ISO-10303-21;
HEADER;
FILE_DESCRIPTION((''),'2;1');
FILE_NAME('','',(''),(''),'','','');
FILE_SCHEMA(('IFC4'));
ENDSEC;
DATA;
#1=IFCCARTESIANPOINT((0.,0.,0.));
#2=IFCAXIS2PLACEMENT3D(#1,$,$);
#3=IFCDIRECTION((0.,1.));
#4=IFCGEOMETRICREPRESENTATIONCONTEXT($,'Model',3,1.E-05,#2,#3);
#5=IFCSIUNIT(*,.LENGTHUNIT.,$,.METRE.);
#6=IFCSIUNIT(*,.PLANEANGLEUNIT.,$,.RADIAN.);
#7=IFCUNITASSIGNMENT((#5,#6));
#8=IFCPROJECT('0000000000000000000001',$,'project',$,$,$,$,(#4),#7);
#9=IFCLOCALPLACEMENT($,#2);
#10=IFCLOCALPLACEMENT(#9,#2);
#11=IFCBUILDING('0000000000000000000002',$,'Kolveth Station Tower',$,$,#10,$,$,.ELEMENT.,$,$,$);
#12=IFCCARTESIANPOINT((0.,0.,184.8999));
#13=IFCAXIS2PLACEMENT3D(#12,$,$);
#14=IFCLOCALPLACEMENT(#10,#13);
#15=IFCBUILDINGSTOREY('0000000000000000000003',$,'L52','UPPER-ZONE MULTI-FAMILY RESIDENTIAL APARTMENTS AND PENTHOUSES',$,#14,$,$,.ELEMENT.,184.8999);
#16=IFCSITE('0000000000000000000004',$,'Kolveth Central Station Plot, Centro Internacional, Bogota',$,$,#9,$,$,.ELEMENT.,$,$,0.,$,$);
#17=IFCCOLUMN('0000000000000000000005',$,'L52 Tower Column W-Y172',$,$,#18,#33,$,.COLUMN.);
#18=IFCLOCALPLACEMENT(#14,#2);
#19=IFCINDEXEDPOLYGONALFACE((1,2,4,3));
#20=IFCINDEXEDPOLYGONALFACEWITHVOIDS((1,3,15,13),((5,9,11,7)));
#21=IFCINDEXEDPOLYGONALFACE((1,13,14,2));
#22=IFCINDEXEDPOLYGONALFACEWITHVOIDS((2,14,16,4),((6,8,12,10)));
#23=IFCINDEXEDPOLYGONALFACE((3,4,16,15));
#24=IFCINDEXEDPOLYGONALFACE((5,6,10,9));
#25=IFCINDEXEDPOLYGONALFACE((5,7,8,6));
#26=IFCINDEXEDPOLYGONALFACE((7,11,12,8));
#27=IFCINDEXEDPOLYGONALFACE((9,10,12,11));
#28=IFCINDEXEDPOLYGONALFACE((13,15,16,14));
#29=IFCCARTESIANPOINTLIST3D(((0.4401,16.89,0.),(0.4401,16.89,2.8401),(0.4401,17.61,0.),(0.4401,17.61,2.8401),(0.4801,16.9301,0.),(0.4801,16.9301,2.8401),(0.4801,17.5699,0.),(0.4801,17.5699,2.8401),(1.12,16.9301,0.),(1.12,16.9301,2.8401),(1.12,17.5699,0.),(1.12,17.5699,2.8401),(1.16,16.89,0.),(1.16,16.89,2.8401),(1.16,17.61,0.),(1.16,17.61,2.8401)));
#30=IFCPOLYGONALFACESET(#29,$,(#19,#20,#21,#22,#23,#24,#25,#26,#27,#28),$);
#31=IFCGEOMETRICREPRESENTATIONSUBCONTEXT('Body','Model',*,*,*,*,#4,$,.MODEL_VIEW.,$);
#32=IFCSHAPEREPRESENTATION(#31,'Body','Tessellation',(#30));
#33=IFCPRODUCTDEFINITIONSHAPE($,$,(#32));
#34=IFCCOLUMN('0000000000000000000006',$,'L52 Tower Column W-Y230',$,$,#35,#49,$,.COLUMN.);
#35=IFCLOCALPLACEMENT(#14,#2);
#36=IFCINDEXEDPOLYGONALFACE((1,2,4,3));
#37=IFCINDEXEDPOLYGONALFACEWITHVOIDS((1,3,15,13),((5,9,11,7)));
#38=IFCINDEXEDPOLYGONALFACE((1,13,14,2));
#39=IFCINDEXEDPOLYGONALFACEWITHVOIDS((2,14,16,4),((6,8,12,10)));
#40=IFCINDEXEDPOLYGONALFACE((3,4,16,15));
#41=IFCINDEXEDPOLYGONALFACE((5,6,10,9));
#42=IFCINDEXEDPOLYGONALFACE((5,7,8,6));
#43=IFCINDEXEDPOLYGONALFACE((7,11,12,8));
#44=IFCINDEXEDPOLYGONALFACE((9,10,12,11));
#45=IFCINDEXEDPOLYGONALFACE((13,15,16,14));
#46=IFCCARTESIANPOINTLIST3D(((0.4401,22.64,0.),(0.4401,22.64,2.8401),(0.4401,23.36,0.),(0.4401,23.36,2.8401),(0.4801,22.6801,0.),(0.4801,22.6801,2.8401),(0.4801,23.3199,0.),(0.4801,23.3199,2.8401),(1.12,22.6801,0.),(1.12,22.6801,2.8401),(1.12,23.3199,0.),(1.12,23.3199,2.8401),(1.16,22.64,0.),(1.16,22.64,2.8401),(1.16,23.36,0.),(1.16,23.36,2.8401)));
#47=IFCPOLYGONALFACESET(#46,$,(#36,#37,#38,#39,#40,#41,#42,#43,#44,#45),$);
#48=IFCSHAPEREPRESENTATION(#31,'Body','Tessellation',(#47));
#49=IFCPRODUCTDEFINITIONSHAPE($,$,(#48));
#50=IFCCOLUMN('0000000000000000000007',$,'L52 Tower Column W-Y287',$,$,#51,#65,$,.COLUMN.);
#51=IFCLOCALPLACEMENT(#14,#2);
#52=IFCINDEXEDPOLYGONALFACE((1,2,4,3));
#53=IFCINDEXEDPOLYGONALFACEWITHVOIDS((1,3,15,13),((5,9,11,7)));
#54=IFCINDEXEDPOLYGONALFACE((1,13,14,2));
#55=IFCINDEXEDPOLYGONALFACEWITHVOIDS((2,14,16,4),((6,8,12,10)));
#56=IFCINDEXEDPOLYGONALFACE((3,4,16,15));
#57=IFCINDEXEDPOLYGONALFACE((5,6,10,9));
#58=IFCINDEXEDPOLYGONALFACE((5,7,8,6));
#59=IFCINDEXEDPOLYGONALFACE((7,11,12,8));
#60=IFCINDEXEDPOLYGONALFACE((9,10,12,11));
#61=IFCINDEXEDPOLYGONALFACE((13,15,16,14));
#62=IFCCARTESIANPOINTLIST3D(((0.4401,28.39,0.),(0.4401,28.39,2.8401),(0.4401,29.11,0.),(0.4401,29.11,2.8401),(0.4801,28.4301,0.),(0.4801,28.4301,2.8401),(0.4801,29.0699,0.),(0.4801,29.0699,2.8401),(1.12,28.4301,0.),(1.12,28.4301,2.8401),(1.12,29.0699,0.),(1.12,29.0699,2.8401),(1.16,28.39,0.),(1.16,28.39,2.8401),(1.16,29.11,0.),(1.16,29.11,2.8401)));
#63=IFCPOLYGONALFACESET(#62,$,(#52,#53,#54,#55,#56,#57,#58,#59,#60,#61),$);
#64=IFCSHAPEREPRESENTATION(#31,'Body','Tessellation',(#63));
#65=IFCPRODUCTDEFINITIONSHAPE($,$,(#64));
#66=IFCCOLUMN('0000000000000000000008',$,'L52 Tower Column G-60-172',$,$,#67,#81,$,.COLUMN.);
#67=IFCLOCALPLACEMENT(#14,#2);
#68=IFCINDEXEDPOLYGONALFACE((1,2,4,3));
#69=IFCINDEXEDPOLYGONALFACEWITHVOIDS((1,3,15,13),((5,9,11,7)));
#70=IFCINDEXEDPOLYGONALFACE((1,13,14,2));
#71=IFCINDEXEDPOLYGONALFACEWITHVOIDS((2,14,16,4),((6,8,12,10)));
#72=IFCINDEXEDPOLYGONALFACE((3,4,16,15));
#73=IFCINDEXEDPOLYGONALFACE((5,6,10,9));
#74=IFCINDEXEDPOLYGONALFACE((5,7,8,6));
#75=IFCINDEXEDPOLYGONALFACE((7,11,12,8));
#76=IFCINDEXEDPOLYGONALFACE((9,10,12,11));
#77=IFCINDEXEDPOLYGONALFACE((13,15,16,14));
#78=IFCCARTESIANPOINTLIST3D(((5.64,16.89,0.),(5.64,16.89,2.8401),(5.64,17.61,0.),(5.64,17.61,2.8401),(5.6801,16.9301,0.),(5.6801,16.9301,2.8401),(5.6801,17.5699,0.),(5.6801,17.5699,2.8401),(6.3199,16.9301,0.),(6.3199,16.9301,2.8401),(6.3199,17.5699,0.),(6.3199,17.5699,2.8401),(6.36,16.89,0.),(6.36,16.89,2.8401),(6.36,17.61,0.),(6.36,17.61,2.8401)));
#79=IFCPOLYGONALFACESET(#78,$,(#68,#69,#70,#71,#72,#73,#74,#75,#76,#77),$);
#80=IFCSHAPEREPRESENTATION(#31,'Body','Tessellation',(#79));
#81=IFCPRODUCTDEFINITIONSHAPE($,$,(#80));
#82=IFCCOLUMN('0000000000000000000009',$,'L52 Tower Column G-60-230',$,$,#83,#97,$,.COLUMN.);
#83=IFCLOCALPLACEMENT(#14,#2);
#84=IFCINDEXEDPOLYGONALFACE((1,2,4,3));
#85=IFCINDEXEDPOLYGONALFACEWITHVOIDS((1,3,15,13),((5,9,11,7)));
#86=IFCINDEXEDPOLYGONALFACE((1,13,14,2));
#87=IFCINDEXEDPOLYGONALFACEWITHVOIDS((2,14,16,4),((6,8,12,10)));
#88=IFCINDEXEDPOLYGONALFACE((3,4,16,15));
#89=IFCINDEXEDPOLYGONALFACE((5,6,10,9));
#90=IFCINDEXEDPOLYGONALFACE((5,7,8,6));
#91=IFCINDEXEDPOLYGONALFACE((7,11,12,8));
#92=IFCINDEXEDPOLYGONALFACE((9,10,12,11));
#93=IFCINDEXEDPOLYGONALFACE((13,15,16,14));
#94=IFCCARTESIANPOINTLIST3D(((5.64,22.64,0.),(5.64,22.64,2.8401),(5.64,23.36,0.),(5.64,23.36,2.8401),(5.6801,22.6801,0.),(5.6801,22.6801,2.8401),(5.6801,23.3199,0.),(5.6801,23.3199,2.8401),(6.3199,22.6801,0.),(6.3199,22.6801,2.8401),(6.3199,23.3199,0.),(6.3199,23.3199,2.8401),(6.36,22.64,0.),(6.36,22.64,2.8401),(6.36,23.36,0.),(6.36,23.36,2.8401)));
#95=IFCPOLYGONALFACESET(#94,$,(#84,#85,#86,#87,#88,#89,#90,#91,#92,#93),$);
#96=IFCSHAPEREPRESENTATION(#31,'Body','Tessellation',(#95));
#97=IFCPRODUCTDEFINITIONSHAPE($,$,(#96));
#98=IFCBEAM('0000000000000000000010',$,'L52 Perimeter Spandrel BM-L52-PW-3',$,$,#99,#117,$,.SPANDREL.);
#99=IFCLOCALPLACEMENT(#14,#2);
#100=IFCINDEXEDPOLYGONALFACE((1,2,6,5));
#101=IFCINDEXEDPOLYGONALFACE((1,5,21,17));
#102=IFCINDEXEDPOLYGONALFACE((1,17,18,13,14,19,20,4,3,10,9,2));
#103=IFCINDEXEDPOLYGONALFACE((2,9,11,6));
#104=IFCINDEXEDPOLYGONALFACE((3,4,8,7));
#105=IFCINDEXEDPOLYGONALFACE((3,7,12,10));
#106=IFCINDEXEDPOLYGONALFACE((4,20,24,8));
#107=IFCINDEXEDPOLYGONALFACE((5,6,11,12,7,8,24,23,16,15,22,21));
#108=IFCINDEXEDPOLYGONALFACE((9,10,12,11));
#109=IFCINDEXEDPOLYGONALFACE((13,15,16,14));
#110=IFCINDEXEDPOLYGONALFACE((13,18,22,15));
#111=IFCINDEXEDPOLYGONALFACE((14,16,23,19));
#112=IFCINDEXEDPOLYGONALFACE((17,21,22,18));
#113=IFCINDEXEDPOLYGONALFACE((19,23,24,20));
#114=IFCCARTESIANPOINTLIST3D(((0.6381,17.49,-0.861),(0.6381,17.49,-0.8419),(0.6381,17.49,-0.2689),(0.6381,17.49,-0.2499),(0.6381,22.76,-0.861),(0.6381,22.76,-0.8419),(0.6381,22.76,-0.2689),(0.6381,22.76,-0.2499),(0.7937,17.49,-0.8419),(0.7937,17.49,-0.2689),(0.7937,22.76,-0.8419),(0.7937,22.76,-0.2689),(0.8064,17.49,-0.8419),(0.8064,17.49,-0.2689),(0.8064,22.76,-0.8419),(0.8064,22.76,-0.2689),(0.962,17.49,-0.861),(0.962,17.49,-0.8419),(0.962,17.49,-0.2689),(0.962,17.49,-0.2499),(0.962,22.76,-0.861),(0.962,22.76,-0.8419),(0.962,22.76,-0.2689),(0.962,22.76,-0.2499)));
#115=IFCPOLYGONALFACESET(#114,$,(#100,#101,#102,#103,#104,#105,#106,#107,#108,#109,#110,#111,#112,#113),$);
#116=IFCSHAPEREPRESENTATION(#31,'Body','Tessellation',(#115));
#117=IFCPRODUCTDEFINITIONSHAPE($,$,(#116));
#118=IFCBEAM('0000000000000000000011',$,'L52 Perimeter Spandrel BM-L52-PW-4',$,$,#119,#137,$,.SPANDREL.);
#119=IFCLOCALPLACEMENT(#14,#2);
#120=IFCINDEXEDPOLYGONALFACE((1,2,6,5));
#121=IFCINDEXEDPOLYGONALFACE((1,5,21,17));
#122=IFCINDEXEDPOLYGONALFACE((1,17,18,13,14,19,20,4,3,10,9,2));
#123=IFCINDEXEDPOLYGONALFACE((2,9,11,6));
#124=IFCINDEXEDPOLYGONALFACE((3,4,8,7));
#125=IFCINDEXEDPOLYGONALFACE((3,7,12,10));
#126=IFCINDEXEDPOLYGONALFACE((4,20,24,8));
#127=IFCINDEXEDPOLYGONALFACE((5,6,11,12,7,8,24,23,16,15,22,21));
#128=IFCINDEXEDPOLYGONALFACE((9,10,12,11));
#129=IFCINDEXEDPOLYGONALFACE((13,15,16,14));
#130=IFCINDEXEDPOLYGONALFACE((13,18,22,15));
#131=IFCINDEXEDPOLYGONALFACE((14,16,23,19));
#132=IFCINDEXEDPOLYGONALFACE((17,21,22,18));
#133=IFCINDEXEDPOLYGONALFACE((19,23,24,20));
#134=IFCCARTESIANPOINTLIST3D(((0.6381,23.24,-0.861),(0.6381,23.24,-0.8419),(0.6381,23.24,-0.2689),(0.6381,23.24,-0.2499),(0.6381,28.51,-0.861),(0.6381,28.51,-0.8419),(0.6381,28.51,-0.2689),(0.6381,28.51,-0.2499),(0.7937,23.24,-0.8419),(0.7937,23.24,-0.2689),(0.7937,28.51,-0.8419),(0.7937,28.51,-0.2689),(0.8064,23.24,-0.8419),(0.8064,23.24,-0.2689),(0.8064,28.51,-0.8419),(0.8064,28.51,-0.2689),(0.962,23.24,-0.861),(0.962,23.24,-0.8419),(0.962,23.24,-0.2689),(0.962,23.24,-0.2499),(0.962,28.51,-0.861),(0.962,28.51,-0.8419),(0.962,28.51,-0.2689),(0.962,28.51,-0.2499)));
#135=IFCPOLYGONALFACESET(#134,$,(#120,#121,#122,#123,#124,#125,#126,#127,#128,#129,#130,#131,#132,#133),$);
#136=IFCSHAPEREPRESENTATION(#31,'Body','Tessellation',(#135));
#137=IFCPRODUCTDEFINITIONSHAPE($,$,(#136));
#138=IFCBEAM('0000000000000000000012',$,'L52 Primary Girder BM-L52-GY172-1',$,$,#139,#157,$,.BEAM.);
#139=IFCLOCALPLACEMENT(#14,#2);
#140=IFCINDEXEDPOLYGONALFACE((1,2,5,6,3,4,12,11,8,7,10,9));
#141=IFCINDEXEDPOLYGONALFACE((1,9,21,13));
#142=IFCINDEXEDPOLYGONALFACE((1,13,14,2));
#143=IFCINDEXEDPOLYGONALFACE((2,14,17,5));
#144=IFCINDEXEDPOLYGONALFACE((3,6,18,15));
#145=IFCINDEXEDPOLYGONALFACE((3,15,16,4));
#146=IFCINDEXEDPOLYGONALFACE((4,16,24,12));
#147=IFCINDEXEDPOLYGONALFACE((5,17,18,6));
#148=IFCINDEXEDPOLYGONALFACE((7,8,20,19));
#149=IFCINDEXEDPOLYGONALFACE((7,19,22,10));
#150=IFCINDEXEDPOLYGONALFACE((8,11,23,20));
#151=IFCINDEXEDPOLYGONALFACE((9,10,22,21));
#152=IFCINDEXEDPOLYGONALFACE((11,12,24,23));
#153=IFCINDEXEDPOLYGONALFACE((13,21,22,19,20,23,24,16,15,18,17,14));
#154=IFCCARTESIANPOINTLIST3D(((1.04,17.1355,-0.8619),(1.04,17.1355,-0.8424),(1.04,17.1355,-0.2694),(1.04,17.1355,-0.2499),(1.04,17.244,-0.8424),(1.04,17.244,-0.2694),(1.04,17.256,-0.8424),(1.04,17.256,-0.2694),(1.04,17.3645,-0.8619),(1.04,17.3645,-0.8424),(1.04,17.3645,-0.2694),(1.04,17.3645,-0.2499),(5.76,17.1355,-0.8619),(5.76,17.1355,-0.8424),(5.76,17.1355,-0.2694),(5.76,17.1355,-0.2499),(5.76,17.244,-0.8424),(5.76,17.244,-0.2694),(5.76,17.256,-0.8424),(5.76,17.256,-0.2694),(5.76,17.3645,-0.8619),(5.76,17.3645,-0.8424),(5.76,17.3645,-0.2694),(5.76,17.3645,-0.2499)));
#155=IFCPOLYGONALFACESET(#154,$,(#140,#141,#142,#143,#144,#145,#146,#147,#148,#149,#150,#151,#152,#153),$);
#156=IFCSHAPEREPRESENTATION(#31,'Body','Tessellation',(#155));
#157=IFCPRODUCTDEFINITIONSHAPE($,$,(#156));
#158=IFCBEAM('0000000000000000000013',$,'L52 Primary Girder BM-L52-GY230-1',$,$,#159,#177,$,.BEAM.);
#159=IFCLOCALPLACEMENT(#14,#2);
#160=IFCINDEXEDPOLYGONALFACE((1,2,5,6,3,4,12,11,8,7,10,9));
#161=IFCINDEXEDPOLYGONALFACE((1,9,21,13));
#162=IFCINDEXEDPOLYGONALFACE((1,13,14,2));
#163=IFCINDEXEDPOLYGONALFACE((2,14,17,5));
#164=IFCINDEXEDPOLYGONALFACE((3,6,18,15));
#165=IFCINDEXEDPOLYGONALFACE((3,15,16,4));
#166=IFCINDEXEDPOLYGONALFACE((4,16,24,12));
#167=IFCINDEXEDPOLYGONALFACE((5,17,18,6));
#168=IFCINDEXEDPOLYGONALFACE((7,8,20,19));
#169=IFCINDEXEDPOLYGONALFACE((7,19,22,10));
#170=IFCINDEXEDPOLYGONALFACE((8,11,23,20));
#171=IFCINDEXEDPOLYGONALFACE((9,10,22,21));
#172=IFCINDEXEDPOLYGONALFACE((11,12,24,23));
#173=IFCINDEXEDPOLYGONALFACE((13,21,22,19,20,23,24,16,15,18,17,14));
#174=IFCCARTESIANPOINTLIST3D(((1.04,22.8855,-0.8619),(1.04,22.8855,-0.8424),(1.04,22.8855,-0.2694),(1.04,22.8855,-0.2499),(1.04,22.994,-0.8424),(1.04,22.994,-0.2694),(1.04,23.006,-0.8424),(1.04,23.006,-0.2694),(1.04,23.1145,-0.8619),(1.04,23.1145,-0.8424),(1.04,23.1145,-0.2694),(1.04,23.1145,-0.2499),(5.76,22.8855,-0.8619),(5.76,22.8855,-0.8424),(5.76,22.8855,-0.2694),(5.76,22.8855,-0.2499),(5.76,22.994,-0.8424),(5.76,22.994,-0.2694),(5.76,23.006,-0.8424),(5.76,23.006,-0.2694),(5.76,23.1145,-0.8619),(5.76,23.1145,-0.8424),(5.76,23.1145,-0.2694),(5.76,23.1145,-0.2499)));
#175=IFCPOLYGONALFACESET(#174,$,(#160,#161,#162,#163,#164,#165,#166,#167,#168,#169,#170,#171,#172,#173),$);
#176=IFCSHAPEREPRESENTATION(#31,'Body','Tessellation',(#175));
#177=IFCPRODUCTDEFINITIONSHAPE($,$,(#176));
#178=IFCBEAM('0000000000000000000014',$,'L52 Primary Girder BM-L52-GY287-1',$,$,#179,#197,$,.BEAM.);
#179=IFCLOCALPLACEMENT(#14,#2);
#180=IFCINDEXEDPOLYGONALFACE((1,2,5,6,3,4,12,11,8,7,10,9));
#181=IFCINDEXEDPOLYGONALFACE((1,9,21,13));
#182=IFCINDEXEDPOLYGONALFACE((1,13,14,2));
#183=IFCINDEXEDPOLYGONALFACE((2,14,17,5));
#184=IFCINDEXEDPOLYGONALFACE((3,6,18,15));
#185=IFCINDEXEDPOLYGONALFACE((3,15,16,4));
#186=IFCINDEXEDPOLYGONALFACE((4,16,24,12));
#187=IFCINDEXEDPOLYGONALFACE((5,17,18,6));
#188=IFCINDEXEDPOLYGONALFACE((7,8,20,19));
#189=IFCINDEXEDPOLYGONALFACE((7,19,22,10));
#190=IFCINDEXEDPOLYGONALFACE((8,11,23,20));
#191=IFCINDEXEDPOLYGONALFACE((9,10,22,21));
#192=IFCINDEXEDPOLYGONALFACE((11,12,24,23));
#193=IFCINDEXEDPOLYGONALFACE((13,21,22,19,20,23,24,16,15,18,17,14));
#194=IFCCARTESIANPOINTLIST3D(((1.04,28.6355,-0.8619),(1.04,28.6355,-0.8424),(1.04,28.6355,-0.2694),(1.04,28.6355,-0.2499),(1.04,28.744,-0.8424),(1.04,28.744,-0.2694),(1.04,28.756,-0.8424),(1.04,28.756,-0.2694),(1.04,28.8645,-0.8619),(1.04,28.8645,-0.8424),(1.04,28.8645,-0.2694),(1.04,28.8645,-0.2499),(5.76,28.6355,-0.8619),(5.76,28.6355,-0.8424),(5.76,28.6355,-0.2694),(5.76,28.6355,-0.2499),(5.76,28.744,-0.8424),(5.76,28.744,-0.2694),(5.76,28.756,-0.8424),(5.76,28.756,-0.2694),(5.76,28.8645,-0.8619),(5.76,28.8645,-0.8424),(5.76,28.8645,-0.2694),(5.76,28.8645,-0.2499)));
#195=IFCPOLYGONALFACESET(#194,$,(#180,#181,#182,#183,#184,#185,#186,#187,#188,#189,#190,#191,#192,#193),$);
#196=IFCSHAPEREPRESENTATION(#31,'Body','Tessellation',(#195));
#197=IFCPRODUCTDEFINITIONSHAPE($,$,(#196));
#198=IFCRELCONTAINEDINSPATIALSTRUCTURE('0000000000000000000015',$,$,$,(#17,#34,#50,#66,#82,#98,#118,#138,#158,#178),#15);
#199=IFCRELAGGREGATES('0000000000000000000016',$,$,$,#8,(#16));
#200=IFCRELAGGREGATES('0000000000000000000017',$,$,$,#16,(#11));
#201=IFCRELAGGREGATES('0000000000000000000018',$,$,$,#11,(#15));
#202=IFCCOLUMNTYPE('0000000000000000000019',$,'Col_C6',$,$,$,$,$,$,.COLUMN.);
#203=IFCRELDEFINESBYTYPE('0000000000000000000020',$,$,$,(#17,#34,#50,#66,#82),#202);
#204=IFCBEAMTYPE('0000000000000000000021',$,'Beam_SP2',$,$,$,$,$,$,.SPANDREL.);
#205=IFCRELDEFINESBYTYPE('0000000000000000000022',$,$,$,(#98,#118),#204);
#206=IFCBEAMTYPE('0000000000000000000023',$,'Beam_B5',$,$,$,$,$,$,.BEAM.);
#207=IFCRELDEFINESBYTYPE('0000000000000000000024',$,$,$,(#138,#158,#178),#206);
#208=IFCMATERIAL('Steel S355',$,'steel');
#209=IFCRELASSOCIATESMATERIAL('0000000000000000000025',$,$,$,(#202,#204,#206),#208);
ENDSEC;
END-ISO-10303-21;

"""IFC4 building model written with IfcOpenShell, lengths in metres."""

from ifc_helpers import new_model, si_unit, direction, frame, origin, origin_2d, place, context, subcontext, project, spatial, hollow_rectangle, i_section, extrude, source, transform, mapped, material, material_profile, profile_set, type_object, element, save


model = new_model("IFC4")

# Units and contexts
model_context = context("Model", 3, precision=1e-05, world=origin(), true_north=direction((0.0, 1.0)))
body_context = subcontext(model_context, "Body", "Model", "MODEL_VIEW")
ifc_project = project(units=[si_unit("LENGTHUNIT", "METRE"), si_unit("PLANEANGLEUNIT", "RADIAN")], contexts=[model_context])

# Site, building, storey
site_placement = place(None, origin())
site = spatial("IfcSite", under=ifc_project, at=site_placement, Name="Kolveth Central Station Plot, Centro Internacional, Bogota", CompositionType="ELEMENT", RefElevation=0.0)
building_placement = place(site_placement, origin())
building = spatial("IfcBuilding", under=site, at=building_placement, Name="Kolveth Station Tower", CompositionType="ELEMENT")
storey_placement = place(building_placement, frame((0.0, 0.0, 184.8999)))
storey = spatial("IfcBuildingStorey", under=building, at=storey_placement, Name="L52", Description="UPPER-ZONE MULTI-FAMILY RESIDENTIAL APARTMENTS AND PENTHOUSES", CompositionType="ELEMENT", Elevation=184.8999)

# Columns
ifc_material_1 = material(Name="Steel S355", Category="steel")
ifc_material_profile_1 = material_profile(ifc_material_1, hollow_rectangle(XDim=0.72, YDim=0.72, WallThickness=0.04, at=origin_2d()), Name="BOX720x720x40")
ifc_profile_set_1 = profile_set([ifc_material_profile_1], Name="Steel S355")
column_type = type_object("IfcColumnType", Name="Col_C6", PredefinedType="COLUMN", material=ifc_profile_set_1)
shared_shape_1 = source(origin(), body_context, "Body", "SweptSolid", [
    extrude(hollow_rectangle(XDim=0.72, YDim=0.72, WallThickness=0.04, at=origin_2d()), origin(), (0.0, 0.0, 1.0), 2.8401),
])
for number, where, z_axis, x_axis, name in (
    (1, (0.8, 17.25, 0.0), (0.0, 0.0, 1.0), (1.0, 0.0, 0.0), "L52 Tower Column W-Y172"),
    (2, (0.8, 23.0, 0.0), (0.0, 0.0, 1.0), (1.0, 0.0, 0.0), "L52 Tower Column W-Y230"),
    (3, (0.8, 28.75, 0.0), (0.0, 0.0, 1.0), (1.0, 0.0, 0.0), "L52 Tower Column W-Y287"),
    (4, (6.0, 17.25, 0.0), (0.0, 0.0, 1.0), (1.0, 0.0, 0.0), "L52 Tower Column G-60-172"),
    (5, (6.0, 23.0, 0.0), (0.0, 0.0, 1.0), (1.0, 0.0, 0.0), "L52 Tower Column G-60-230"),
):
    element("IfcColumn", number, at=place(storey_placement, frame(where, z_axis=z_axis, x_axis=x_axis)), inside=storey, type_object=column_type, Name=name, PredefinedType="COLUMN", context=body_context, shape_type="MappedRepresentation", body=[
        mapped(shared_shape_1, transform((0.0, 0.0, 0.0), x_axis=(1.0, 0.0, 0.0), y_axis=(0.0, 1.0, 0.0), z_axis=(0.0, 0.0, 1.0), scale=1.0)),
    ])

# Beams
ifc_material_profile_2 = material_profile(ifc_material_1, i_section(OverallWidth=0.324, OverallDepth=0.6111, WebThickness=0.0127, FlangeThickness=0.019, at=origin_2d()), Name="W610x155")
ifc_profile_set_2 = profile_set([ifc_material_profile_2], Name="Steel S355")
beam_type_1 = type_object("IfcBeamType", Name="Beam_SP2", PredefinedType="SPANDREL", material=ifc_profile_set_2)
shared_shape_2 = source(origin(), body_context, "Body", "SweptSolid", [
    extrude(i_section(OverallWidth=0.324, OverallDepth=0.6111, WebThickness=0.0127, FlangeThickness=0.019, at=origin_2d()), origin(), (0.0, 0.0, 1.0), 5.27),
])
for number, where, z_axis, x_axis, name in (
    (6, (0.8, 17.49, -0.5554), (0.0, 1.0, 0.0), (-1.0, 0.0, 0.0), "L52 Perimeter Spandrel BM-L52-PW-3"),
    (7, (0.8, 23.24, -0.5554), (0.0, 1.0, 0.0), (-1.0, 0.0, 0.0), "L52 Perimeter Spandrel BM-L52-PW-4"),
):
    element("IfcBeam", number, at=place(storey_placement, frame(where, z_axis=z_axis, x_axis=x_axis)), inside=storey, type_object=beam_type_1, Name=name, PredefinedType="SPANDREL", context=body_context, shape_type="MappedRepresentation", body=[
        mapped(shared_shape_2, transform((0.0, 0.0, 0.0), x_axis=(1.0, 0.0, 0.0), y_axis=(0.0, 1.0, 0.0), z_axis=(0.0, 0.0, 1.0), scale=1.0)),
    ])
ifc_material_profile_3 = material_profile(ifc_material_1, i_section(OverallWidth=0.229, OverallDepth=0.6121, WebThickness=0.012, FlangeThickness=0.0195, at=origin_2d()), Name="W610x125")
ifc_profile_set_3 = profile_set([ifc_material_profile_3], Name="Steel S355")
beam_type_2 = type_object("IfcBeamType", Name="Beam_B5", PredefinedType="BEAM", material=ifc_profile_set_3)
shared_shape_3 = source(origin(), body_context, "Body", "SweptSolid", [
    extrude(i_section(OverallWidth=0.229, OverallDepth=0.6121, WebThickness=0.012, FlangeThickness=0.0195, at=origin_2d()), origin(), (0.0, 0.0, 1.0), 4.72),
])
for number, where, z_axis, x_axis, name in (
    (8, (1.04, 17.25, -0.5559), (1.0, 0.0, 0.0), (0.0, 1.0, 0.0), "L52 Primary Girder BM-L52-GY172-1"),
    (9, (1.04, 23.0, -0.5559), (1.0, 0.0, 0.0), (0.0, 1.0, 0.0), "L52 Primary Girder BM-L52-GY230-1"),
    (10, (1.04, 28.75, -0.5559), (1.0, 0.0, 0.0), (0.0, 1.0, 0.0), "L52 Primary Girder BM-L52-GY287-1"),
):
    element("IfcBeam", number, at=place(storey_placement, frame(where, z_axis=z_axis, x_axis=x_axis)), inside=storey, type_object=beam_type_2, Name=name, PredefinedType="BEAM", context=body_context, shape_type="MappedRepresentation", body=[
        mapped(shared_shape_3, transform((0.0, 0.0, 0.0), x_axis=(1.0, 0.0, 0.0), y_axis=(0.0, 1.0, 0.0), z_axis=(0.0, 0.0, 1.0), scale=1.0)),
    ])

save(model, "model.ifc")
